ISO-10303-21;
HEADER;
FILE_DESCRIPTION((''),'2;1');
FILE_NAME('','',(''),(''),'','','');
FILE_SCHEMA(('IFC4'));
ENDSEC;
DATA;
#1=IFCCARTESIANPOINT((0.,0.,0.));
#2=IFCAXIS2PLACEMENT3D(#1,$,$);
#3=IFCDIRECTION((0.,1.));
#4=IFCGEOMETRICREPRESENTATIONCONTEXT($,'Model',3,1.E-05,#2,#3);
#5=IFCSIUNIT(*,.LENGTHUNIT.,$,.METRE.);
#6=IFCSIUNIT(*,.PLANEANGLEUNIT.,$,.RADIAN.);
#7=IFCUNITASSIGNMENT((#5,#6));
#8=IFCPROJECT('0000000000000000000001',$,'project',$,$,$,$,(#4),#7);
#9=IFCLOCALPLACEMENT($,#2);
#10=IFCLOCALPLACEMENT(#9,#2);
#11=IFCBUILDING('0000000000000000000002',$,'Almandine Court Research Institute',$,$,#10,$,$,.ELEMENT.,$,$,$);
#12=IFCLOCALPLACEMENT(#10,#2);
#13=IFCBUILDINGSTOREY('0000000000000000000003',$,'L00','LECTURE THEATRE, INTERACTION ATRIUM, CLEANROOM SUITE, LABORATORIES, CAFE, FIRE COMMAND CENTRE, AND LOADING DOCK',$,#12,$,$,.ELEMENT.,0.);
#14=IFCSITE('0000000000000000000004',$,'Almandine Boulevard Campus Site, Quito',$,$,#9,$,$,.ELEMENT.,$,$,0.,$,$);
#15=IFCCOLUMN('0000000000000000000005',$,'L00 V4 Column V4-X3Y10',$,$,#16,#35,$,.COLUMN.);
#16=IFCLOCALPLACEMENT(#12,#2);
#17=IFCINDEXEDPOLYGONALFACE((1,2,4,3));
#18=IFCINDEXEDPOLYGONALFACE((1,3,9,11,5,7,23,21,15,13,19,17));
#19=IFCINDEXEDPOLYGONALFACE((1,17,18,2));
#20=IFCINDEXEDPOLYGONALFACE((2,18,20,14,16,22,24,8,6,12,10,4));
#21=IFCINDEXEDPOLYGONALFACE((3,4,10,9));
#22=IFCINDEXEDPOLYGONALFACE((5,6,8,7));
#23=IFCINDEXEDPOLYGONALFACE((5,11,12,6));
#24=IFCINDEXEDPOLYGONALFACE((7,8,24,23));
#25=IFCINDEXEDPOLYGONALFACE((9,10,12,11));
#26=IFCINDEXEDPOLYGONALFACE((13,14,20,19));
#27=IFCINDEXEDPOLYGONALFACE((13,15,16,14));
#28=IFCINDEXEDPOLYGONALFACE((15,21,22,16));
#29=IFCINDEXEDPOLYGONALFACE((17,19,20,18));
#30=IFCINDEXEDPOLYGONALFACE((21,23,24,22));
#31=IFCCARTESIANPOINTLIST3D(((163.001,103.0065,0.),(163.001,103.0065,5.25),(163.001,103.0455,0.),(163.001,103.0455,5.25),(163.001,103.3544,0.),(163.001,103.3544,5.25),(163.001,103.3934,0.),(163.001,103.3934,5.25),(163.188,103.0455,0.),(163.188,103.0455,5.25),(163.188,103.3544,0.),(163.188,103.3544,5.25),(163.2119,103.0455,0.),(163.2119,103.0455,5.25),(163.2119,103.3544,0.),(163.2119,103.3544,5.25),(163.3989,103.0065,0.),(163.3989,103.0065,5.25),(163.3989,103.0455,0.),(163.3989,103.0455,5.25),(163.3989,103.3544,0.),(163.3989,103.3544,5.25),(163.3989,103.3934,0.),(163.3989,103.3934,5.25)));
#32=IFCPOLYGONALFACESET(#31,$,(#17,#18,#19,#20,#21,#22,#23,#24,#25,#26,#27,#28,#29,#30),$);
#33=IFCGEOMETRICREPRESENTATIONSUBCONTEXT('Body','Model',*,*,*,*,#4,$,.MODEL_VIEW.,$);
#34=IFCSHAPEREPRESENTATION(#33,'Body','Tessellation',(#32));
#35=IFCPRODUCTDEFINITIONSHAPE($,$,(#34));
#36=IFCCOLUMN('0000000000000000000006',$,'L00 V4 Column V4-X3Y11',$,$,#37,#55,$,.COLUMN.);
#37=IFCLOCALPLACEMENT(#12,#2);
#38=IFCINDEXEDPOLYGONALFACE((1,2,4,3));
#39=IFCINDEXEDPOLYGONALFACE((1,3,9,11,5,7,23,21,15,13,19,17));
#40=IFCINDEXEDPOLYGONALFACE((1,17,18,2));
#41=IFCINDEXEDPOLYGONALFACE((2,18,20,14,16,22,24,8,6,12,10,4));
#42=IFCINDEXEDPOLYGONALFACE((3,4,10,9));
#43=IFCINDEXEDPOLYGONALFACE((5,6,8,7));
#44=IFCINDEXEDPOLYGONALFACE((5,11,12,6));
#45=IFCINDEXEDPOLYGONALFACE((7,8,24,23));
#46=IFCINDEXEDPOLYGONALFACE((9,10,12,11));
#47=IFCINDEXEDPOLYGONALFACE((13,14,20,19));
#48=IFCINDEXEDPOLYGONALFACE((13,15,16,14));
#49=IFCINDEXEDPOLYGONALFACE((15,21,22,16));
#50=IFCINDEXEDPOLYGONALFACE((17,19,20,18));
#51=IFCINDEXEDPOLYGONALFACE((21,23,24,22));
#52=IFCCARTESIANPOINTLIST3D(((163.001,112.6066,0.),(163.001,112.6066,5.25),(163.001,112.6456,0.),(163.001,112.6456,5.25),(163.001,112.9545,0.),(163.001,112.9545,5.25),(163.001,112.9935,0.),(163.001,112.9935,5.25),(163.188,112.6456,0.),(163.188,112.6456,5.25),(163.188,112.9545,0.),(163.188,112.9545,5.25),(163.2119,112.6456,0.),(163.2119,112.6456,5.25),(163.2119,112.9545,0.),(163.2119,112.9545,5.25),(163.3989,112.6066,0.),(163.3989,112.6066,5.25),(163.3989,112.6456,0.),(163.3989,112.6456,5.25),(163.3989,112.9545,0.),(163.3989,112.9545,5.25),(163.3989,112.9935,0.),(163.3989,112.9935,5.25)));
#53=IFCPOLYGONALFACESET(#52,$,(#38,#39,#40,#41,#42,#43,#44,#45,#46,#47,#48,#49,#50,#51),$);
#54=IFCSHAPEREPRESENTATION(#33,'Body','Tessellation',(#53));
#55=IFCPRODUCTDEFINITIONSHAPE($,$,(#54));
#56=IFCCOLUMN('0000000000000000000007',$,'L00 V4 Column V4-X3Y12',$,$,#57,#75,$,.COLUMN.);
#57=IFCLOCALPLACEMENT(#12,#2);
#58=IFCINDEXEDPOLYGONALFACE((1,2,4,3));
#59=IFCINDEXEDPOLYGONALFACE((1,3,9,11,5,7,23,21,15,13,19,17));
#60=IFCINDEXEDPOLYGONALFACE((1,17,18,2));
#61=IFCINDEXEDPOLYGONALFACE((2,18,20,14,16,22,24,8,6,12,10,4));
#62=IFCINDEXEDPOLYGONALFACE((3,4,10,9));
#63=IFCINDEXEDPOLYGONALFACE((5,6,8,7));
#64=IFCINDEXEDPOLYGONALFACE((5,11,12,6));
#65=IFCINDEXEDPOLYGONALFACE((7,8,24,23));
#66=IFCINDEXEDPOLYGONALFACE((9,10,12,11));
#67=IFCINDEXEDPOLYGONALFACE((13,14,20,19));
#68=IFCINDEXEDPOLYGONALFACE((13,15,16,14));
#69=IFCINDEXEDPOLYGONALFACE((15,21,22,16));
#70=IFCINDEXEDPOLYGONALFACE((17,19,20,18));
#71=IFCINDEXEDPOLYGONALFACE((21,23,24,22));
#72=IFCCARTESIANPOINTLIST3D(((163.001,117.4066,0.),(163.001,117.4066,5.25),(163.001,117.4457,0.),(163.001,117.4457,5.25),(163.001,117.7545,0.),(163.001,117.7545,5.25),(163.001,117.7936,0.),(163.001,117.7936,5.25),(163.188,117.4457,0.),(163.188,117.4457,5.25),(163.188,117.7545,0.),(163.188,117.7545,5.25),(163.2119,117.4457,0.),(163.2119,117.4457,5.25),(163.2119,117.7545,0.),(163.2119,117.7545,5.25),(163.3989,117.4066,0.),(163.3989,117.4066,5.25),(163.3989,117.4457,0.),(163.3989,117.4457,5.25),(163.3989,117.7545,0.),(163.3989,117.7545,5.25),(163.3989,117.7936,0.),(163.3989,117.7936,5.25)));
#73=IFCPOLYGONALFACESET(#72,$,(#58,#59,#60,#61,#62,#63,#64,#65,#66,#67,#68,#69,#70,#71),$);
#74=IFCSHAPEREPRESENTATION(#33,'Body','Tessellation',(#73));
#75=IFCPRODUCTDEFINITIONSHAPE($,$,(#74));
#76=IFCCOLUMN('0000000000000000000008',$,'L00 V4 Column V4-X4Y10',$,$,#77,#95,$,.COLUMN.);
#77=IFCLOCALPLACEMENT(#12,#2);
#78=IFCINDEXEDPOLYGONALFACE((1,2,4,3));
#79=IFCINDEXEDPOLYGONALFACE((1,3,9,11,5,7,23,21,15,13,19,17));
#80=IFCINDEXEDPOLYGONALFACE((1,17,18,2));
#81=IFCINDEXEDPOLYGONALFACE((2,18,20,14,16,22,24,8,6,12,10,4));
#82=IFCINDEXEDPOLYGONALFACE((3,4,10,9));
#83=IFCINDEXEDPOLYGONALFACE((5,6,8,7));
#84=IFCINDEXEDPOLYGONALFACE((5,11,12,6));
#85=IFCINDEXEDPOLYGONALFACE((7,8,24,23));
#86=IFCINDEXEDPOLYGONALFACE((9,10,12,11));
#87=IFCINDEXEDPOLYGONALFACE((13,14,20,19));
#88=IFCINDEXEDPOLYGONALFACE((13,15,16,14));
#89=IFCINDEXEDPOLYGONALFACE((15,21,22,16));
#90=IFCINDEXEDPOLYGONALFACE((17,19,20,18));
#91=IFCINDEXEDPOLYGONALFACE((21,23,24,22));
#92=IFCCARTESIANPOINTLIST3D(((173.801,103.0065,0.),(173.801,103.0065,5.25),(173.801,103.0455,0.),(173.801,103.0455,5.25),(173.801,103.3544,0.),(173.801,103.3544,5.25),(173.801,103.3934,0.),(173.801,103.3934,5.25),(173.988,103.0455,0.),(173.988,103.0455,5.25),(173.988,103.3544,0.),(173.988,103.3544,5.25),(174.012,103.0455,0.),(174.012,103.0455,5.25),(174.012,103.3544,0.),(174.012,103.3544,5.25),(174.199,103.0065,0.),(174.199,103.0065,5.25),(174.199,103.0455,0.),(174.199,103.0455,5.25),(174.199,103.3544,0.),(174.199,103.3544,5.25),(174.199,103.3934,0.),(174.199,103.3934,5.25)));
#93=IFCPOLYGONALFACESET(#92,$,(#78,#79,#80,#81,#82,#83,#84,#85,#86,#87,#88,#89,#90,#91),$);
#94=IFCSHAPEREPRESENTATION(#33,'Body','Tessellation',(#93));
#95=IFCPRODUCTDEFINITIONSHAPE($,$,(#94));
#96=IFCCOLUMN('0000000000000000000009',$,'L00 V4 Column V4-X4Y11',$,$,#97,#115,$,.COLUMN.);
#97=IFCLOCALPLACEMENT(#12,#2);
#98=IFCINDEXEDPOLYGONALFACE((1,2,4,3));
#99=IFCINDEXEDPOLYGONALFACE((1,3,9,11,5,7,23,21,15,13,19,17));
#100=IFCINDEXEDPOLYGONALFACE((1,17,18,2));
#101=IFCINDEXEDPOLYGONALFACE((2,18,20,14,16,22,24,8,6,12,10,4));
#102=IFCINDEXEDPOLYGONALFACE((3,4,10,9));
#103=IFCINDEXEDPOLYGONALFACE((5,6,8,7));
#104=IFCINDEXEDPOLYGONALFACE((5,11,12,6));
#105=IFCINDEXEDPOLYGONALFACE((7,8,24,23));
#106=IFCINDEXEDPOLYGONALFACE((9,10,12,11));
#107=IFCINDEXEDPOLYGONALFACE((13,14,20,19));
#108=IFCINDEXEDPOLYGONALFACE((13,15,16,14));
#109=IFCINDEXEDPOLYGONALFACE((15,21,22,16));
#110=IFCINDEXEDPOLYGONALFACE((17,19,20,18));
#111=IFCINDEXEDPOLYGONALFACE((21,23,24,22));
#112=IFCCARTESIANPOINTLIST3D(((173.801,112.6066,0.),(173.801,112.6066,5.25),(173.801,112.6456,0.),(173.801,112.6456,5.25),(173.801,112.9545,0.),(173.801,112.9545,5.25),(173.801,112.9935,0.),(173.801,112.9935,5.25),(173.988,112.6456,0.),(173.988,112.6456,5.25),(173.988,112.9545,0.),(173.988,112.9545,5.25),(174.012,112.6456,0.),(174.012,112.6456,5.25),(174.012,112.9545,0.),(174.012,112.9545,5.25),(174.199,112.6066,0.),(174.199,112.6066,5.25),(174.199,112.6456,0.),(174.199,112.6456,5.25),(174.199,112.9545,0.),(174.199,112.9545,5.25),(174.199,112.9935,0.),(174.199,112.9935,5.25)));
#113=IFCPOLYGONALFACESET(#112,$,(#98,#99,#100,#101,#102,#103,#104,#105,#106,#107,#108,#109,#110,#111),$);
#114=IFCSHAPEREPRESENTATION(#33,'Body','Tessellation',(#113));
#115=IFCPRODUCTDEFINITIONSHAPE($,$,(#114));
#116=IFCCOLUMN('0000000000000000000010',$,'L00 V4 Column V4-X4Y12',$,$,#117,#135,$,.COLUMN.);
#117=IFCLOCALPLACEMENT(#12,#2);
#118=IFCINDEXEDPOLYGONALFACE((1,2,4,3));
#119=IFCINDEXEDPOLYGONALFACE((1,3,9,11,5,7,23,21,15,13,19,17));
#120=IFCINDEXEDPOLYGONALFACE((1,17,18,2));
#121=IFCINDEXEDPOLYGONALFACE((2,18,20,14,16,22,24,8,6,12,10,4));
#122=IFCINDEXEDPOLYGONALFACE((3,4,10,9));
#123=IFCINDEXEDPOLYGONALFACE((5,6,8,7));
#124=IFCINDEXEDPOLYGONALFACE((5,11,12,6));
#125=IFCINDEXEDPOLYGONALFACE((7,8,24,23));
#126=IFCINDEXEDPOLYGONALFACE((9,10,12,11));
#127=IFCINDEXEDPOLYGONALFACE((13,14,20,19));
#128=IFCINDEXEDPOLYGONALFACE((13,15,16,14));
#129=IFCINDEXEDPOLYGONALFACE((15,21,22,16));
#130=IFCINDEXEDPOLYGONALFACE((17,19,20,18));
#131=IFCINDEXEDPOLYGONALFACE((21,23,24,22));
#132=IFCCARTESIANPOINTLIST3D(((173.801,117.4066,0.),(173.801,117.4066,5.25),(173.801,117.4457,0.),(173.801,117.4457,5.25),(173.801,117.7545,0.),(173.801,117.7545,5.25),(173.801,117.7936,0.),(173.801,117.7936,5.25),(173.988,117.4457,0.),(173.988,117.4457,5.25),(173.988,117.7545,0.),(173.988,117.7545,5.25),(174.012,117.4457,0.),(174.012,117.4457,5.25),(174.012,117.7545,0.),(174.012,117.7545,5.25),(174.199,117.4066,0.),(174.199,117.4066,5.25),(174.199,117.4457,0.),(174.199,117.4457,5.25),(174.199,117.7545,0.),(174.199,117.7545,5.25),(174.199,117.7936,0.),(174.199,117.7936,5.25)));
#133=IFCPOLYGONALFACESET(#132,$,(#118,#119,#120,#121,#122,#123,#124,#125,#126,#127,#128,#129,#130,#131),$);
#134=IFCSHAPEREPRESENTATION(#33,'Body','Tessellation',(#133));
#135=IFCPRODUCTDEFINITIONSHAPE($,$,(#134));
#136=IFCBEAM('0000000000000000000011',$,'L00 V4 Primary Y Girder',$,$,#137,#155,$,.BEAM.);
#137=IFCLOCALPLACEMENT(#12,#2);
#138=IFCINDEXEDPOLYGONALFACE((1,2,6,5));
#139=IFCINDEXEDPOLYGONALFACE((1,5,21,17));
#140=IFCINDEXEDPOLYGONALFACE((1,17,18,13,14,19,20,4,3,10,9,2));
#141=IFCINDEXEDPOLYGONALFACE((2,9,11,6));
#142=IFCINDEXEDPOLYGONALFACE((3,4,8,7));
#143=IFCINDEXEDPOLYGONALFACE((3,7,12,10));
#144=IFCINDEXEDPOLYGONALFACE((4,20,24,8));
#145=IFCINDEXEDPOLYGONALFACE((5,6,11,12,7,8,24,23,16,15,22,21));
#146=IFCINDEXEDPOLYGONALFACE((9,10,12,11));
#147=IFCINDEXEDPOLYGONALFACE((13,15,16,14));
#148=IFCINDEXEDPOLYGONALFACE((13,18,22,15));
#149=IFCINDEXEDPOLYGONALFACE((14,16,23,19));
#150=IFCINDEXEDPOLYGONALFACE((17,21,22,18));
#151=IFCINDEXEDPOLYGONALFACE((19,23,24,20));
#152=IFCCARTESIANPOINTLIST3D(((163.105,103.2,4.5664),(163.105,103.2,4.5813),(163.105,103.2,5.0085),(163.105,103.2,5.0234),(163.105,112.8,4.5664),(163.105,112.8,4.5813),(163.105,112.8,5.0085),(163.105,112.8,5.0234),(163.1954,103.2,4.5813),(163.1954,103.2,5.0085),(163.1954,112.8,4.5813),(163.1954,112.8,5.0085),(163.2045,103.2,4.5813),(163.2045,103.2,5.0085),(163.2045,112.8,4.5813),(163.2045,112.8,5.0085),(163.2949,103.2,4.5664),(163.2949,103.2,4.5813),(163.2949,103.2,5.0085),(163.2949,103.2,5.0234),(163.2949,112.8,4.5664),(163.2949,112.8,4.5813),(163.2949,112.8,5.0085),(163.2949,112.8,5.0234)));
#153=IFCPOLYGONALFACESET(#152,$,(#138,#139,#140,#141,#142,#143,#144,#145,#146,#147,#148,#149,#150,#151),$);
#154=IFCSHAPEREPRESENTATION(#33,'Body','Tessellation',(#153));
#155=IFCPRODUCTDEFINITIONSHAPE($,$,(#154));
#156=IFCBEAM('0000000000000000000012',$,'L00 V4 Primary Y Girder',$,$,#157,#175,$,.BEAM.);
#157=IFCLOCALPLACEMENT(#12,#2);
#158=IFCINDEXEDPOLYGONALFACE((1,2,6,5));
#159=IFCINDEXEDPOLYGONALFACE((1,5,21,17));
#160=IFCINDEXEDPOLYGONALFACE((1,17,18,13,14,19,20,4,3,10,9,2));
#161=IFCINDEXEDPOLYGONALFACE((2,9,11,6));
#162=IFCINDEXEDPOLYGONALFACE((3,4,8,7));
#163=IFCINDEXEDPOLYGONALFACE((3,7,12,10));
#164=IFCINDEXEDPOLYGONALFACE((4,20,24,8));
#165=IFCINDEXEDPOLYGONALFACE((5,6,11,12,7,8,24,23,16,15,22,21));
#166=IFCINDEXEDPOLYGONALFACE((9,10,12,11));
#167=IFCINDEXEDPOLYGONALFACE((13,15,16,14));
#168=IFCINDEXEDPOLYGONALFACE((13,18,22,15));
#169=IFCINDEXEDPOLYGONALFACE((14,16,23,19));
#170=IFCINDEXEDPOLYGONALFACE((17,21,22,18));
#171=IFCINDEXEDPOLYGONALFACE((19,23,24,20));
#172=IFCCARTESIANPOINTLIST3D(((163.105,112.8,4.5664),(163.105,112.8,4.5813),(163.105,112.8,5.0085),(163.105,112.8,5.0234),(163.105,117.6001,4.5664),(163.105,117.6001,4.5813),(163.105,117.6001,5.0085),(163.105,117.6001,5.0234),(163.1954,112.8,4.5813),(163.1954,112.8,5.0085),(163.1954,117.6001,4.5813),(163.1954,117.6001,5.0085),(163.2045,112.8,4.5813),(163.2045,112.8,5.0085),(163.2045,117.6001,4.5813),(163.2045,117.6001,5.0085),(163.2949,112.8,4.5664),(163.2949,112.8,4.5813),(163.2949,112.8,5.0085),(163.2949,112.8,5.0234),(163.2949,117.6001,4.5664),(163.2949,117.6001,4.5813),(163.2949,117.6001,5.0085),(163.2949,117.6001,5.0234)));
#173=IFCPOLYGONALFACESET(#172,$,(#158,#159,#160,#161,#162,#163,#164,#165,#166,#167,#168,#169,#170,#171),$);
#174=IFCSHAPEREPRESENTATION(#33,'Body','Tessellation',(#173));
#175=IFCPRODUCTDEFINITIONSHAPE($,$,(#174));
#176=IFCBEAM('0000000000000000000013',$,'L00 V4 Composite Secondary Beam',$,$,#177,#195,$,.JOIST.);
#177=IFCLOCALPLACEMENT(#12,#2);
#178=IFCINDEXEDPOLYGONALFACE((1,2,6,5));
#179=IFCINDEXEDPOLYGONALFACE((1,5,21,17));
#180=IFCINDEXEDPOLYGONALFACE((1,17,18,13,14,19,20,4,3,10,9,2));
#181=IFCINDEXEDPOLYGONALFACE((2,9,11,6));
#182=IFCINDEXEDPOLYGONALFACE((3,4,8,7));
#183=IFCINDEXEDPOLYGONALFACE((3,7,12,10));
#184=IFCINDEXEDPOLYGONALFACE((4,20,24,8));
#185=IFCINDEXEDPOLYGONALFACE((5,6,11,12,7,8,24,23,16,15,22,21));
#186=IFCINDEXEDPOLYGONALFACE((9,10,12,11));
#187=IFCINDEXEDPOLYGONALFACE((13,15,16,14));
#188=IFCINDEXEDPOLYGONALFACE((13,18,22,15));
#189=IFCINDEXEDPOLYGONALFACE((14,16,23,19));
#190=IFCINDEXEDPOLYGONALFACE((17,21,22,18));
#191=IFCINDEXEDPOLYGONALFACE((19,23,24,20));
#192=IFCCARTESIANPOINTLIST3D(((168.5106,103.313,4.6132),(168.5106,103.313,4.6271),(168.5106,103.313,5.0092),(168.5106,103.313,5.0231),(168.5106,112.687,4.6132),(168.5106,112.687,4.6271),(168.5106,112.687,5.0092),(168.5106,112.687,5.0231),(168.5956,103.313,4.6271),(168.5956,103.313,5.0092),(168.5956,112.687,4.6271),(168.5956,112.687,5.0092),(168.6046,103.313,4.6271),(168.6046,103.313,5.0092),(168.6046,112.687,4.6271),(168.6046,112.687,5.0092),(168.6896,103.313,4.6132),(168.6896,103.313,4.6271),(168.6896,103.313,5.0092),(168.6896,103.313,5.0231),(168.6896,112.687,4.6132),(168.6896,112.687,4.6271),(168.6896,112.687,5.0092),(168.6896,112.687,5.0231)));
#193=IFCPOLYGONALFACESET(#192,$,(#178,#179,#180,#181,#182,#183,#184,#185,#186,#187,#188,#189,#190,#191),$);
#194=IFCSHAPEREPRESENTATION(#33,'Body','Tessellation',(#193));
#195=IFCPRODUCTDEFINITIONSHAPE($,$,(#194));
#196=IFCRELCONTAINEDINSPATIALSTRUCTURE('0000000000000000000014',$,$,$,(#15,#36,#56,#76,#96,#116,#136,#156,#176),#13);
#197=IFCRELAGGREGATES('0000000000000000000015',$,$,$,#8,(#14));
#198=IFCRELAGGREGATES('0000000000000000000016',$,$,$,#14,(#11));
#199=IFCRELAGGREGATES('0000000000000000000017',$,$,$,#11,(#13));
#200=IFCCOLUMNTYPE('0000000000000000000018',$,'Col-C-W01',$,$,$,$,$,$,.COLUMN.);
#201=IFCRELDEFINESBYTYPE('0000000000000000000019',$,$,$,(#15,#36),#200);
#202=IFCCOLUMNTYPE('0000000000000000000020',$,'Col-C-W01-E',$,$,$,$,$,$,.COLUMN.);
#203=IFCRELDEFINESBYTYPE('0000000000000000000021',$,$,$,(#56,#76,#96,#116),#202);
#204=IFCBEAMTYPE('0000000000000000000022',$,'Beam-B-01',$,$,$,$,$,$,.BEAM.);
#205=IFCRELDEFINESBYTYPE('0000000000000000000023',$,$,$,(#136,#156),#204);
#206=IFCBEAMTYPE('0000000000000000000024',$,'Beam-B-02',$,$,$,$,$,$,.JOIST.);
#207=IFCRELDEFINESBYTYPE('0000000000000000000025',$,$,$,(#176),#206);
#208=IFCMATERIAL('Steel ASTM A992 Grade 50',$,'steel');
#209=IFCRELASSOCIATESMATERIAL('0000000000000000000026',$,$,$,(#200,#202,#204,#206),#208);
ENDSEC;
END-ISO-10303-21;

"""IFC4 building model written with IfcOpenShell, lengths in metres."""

from ifc_helpers import new_model, si_unit, direction, frame, origin, origin_2d, place, context, subcontext, project, spatial, i_section, extrude, material, material_profile, profile_set, type_object, element, save


model = new_model("IFC4")

# Units and contexts
model_context = context("Model", 3, precision=1e-05, world=origin(), true_north=direction((0.0, 1.0)))
body_context = subcontext(model_context, "Body", "Model", "MODEL_VIEW")
ifc_project = project(units=[si_unit("LENGTHUNIT", "METRE"), si_unit("PLANEANGLEUNIT", "RADIAN")], contexts=[model_context])

# Site, building, storey
site_placement = place(None, origin())
site = spatial("IfcSite", under=ifc_project, at=site_placement, Name="Almandine Boulevard Campus Site, Quito", CompositionType="ELEMENT", RefElevation=0.0)
building_placement = place(site_placement, origin())
building = spatial("IfcBuilding", under=site, at=building_placement, Name="Almandine Court Research Institute", CompositionType="ELEMENT")
storey_placement = place(building_placement, origin())
storey = spatial("IfcBuildingStorey", under=building, at=storey_placement, Name="L00", Description="LECTURE THEATRE, INTERACTION ATRIUM, CLEANROOM SUITE, LABORATORIES, CAFE, FIRE COMMAND CENTRE, AND LOADING DOCK", CompositionType="ELEMENT", Elevation=0.0)

# Columns
ifc_material_1 = material(Name="Steel ASTM A992 Grade 50", Category="steel")
ifc_material_profile_1 = material_profile(ifc_material_1, i_section(OverallWidth=0.3979, OverallDepth=0.387, WebThickness=0.0239, FlangeThickness=0.0391, at=origin_2d()), Name="W360x262")
ifc_profile_set_1 = profile_set([ifc_material_profile_1], Name="Steel ASTM A992 Grade 50")
column_type_1 = type_object("IfcColumnType", Name="Col-C-W01", PredefinedType="COLUMN", material=ifc_profile_set_1)
for number, where, z_axis, x_axis, name in (
    (1, (163.2, 103.2, 0.0), (0.0, 0.0, 1.0), (1.0, 0.0, 0.0), "L00 V4 Column V4-X3Y10"),
    (2, (163.2, 112.8, 0.0), (0.0, 0.0, 1.0), (1.0, 0.0, 0.0), "L00 V4 Column V4-X3Y11"),
):
    element("IfcColumn", number, at=place(storey_placement, frame(where, z_axis=z_axis, x_axis=x_axis)), inside=storey, type_object=column_type_1, Name=name, PredefinedType="COLUMN", context=body_context, shape_type="SweptSolid", body=[
        extrude(i_section(OverallWidth=0.3979, OverallDepth=0.387, WebThickness=0.0239, FlangeThickness=0.0391, at=origin_2d()), origin(), (0.0, 0.0, 1.0), 5.25),
    ])
ifc_material_profile_2 = material_profile(ifc_material_1, i_section(OverallWidth=0.3979, OverallDepth=0.387, WebThickness=0.0239, FlangeThickness=0.0391, at=origin_2d()), Name="W360x262")
ifc_profile_set_2 = profile_set([ifc_material_profile_2], Name="Steel ASTM A992 Grade 50")
column_type_2 = type_object("IfcColumnType", Name="Col-C-W01-E", PredefinedType="COLUMN", material=ifc_profile_set_2)
for number, where, z_axis, x_axis, name in (
    (3, (163.2, 117.6001, 0.0), (0.0, 0.0, 1.0), (1.0, 0.0, 0.0), "L00 V4 Column V4-X3Y12"),
    (4, (174.0, 103.2, 0.0), (0.0, 0.0, 1.0), (1.0, 0.0, 0.0), "L00 V4 Column V4-X4Y10"),
    (5, (174.0, 112.8, 0.0), (0.0, 0.0, 1.0), (1.0, 0.0, 0.0), "L00 V4 Column V4-X4Y11"),
    (6, (174.0, 117.6001, 0.0), (0.0, 0.0, 1.0), (1.0, 0.0, 0.0), "L00 V4 Column V4-X4Y12"),
):
    element("IfcColumn", number, at=place(storey_placement, frame(where, z_axis=z_axis, x_axis=x_axis)), inside=storey, type_object=column_type_2, Name=name, PredefinedType="COLUMN", context=body_context, shape_type="SweptSolid", body=[
        extrude(i_section(OverallWidth=0.3979, OverallDepth=0.387, WebThickness=0.0239, FlangeThickness=0.0391, at=origin_2d()), origin(), (0.0, 0.0, 1.0), 5.25),
    ])

# Beams
ifc_material_profile_3 = material_profile(ifc_material_1, i_section(OverallWidth=0.1899, OverallDepth=0.457, WebThickness=0.009, FlangeThickness=0.0149, at=origin_2d()), Name="W460x74")
ifc_profile_set_3 = profile_set([ifc_material_profile_3], Name="Steel ASTM A992 Grade 50")
beam_type_1 = type_object("IfcBeamType", Name="Beam-B-01", PredefinedType="BEAM", material=ifc_profile_set_3)
beam_1_placement = place(storey_placement, frame((163.2, 103.2, 4.7949), z_axis=(0.0, 1.0, 0.0), x_axis=(-1.0, 0.0, 0.0)))
element("IfcBeam", 7, at=beam_1_placement, inside=storey, type_object=beam_type_1, Name="L00 V4 Primary Y Girder", PredefinedType="BEAM", context=body_context, shape_type="SweptSolid", body=[
    extrude(i_section(OverallWidth=0.1899, OverallDepth=0.457, WebThickness=0.009, FlangeThickness=0.0149, at=origin_2d()), origin(), (0.0, 0.0, 1.0), 9.6001),
])
beam_2_placement = place(storey_placement, frame((163.2, 112.8, 4.7949), z_axis=(0.0, 1.0, 0.0), x_axis=(-1.0, 0.0, 0.0)))
element("IfcBeam", 8, at=beam_2_placement, inside=storey, type_object=beam_type_1, Name="L00 V4 Primary Y Girder", PredefinedType="BEAM", context=body_context, shape_type="SweptSolid", body=[
    extrude(i_section(OverallWidth=0.1899, OverallDepth=0.457, WebThickness=0.009, FlangeThickness=0.0149, at=origin_2d()), origin(), (0.0, 0.0, 1.0), 4.8),
])
ifc_material_profile_4 = material_profile(ifc_material_1, i_section(OverallWidth=0.179, OverallDepth=0.4099, WebThickness=0.009, FlangeThickness=0.0139, at=origin_2d()), Name="W410x67")
ifc_profile_set_4 = profile_set([ifc_material_profile_4], Name="Steel ASTM A992 Grade 50")
beam_type_2 = type_object("IfcBeamType", Name="Beam-B-02", PredefinedType="JOIST", material=ifc_profile_set_4)
beam_3_placement = place(storey_placement, frame((168.6001, 103.313, 4.8181), z_axis=(0.0, 1.0, 0.0), x_axis=(-1.0, 0.0, 0.0)))
element("IfcBeam", 9, at=beam_3_placement, inside=storey, type_object=beam_type_2, Name="L00 V4 Composite Secondary Beam", PredefinedType="JOIST", context=body_context, shape_type="SweptSolid", body=[
    extrude(i_section(OverallWidth=0.179, OverallDepth=0.4099, WebThickness=0.009, FlangeThickness=0.0139, at=origin_2d()), origin(), (0.0, 0.0, 1.0), 9.374),
])

save(model, "model.ifc")
